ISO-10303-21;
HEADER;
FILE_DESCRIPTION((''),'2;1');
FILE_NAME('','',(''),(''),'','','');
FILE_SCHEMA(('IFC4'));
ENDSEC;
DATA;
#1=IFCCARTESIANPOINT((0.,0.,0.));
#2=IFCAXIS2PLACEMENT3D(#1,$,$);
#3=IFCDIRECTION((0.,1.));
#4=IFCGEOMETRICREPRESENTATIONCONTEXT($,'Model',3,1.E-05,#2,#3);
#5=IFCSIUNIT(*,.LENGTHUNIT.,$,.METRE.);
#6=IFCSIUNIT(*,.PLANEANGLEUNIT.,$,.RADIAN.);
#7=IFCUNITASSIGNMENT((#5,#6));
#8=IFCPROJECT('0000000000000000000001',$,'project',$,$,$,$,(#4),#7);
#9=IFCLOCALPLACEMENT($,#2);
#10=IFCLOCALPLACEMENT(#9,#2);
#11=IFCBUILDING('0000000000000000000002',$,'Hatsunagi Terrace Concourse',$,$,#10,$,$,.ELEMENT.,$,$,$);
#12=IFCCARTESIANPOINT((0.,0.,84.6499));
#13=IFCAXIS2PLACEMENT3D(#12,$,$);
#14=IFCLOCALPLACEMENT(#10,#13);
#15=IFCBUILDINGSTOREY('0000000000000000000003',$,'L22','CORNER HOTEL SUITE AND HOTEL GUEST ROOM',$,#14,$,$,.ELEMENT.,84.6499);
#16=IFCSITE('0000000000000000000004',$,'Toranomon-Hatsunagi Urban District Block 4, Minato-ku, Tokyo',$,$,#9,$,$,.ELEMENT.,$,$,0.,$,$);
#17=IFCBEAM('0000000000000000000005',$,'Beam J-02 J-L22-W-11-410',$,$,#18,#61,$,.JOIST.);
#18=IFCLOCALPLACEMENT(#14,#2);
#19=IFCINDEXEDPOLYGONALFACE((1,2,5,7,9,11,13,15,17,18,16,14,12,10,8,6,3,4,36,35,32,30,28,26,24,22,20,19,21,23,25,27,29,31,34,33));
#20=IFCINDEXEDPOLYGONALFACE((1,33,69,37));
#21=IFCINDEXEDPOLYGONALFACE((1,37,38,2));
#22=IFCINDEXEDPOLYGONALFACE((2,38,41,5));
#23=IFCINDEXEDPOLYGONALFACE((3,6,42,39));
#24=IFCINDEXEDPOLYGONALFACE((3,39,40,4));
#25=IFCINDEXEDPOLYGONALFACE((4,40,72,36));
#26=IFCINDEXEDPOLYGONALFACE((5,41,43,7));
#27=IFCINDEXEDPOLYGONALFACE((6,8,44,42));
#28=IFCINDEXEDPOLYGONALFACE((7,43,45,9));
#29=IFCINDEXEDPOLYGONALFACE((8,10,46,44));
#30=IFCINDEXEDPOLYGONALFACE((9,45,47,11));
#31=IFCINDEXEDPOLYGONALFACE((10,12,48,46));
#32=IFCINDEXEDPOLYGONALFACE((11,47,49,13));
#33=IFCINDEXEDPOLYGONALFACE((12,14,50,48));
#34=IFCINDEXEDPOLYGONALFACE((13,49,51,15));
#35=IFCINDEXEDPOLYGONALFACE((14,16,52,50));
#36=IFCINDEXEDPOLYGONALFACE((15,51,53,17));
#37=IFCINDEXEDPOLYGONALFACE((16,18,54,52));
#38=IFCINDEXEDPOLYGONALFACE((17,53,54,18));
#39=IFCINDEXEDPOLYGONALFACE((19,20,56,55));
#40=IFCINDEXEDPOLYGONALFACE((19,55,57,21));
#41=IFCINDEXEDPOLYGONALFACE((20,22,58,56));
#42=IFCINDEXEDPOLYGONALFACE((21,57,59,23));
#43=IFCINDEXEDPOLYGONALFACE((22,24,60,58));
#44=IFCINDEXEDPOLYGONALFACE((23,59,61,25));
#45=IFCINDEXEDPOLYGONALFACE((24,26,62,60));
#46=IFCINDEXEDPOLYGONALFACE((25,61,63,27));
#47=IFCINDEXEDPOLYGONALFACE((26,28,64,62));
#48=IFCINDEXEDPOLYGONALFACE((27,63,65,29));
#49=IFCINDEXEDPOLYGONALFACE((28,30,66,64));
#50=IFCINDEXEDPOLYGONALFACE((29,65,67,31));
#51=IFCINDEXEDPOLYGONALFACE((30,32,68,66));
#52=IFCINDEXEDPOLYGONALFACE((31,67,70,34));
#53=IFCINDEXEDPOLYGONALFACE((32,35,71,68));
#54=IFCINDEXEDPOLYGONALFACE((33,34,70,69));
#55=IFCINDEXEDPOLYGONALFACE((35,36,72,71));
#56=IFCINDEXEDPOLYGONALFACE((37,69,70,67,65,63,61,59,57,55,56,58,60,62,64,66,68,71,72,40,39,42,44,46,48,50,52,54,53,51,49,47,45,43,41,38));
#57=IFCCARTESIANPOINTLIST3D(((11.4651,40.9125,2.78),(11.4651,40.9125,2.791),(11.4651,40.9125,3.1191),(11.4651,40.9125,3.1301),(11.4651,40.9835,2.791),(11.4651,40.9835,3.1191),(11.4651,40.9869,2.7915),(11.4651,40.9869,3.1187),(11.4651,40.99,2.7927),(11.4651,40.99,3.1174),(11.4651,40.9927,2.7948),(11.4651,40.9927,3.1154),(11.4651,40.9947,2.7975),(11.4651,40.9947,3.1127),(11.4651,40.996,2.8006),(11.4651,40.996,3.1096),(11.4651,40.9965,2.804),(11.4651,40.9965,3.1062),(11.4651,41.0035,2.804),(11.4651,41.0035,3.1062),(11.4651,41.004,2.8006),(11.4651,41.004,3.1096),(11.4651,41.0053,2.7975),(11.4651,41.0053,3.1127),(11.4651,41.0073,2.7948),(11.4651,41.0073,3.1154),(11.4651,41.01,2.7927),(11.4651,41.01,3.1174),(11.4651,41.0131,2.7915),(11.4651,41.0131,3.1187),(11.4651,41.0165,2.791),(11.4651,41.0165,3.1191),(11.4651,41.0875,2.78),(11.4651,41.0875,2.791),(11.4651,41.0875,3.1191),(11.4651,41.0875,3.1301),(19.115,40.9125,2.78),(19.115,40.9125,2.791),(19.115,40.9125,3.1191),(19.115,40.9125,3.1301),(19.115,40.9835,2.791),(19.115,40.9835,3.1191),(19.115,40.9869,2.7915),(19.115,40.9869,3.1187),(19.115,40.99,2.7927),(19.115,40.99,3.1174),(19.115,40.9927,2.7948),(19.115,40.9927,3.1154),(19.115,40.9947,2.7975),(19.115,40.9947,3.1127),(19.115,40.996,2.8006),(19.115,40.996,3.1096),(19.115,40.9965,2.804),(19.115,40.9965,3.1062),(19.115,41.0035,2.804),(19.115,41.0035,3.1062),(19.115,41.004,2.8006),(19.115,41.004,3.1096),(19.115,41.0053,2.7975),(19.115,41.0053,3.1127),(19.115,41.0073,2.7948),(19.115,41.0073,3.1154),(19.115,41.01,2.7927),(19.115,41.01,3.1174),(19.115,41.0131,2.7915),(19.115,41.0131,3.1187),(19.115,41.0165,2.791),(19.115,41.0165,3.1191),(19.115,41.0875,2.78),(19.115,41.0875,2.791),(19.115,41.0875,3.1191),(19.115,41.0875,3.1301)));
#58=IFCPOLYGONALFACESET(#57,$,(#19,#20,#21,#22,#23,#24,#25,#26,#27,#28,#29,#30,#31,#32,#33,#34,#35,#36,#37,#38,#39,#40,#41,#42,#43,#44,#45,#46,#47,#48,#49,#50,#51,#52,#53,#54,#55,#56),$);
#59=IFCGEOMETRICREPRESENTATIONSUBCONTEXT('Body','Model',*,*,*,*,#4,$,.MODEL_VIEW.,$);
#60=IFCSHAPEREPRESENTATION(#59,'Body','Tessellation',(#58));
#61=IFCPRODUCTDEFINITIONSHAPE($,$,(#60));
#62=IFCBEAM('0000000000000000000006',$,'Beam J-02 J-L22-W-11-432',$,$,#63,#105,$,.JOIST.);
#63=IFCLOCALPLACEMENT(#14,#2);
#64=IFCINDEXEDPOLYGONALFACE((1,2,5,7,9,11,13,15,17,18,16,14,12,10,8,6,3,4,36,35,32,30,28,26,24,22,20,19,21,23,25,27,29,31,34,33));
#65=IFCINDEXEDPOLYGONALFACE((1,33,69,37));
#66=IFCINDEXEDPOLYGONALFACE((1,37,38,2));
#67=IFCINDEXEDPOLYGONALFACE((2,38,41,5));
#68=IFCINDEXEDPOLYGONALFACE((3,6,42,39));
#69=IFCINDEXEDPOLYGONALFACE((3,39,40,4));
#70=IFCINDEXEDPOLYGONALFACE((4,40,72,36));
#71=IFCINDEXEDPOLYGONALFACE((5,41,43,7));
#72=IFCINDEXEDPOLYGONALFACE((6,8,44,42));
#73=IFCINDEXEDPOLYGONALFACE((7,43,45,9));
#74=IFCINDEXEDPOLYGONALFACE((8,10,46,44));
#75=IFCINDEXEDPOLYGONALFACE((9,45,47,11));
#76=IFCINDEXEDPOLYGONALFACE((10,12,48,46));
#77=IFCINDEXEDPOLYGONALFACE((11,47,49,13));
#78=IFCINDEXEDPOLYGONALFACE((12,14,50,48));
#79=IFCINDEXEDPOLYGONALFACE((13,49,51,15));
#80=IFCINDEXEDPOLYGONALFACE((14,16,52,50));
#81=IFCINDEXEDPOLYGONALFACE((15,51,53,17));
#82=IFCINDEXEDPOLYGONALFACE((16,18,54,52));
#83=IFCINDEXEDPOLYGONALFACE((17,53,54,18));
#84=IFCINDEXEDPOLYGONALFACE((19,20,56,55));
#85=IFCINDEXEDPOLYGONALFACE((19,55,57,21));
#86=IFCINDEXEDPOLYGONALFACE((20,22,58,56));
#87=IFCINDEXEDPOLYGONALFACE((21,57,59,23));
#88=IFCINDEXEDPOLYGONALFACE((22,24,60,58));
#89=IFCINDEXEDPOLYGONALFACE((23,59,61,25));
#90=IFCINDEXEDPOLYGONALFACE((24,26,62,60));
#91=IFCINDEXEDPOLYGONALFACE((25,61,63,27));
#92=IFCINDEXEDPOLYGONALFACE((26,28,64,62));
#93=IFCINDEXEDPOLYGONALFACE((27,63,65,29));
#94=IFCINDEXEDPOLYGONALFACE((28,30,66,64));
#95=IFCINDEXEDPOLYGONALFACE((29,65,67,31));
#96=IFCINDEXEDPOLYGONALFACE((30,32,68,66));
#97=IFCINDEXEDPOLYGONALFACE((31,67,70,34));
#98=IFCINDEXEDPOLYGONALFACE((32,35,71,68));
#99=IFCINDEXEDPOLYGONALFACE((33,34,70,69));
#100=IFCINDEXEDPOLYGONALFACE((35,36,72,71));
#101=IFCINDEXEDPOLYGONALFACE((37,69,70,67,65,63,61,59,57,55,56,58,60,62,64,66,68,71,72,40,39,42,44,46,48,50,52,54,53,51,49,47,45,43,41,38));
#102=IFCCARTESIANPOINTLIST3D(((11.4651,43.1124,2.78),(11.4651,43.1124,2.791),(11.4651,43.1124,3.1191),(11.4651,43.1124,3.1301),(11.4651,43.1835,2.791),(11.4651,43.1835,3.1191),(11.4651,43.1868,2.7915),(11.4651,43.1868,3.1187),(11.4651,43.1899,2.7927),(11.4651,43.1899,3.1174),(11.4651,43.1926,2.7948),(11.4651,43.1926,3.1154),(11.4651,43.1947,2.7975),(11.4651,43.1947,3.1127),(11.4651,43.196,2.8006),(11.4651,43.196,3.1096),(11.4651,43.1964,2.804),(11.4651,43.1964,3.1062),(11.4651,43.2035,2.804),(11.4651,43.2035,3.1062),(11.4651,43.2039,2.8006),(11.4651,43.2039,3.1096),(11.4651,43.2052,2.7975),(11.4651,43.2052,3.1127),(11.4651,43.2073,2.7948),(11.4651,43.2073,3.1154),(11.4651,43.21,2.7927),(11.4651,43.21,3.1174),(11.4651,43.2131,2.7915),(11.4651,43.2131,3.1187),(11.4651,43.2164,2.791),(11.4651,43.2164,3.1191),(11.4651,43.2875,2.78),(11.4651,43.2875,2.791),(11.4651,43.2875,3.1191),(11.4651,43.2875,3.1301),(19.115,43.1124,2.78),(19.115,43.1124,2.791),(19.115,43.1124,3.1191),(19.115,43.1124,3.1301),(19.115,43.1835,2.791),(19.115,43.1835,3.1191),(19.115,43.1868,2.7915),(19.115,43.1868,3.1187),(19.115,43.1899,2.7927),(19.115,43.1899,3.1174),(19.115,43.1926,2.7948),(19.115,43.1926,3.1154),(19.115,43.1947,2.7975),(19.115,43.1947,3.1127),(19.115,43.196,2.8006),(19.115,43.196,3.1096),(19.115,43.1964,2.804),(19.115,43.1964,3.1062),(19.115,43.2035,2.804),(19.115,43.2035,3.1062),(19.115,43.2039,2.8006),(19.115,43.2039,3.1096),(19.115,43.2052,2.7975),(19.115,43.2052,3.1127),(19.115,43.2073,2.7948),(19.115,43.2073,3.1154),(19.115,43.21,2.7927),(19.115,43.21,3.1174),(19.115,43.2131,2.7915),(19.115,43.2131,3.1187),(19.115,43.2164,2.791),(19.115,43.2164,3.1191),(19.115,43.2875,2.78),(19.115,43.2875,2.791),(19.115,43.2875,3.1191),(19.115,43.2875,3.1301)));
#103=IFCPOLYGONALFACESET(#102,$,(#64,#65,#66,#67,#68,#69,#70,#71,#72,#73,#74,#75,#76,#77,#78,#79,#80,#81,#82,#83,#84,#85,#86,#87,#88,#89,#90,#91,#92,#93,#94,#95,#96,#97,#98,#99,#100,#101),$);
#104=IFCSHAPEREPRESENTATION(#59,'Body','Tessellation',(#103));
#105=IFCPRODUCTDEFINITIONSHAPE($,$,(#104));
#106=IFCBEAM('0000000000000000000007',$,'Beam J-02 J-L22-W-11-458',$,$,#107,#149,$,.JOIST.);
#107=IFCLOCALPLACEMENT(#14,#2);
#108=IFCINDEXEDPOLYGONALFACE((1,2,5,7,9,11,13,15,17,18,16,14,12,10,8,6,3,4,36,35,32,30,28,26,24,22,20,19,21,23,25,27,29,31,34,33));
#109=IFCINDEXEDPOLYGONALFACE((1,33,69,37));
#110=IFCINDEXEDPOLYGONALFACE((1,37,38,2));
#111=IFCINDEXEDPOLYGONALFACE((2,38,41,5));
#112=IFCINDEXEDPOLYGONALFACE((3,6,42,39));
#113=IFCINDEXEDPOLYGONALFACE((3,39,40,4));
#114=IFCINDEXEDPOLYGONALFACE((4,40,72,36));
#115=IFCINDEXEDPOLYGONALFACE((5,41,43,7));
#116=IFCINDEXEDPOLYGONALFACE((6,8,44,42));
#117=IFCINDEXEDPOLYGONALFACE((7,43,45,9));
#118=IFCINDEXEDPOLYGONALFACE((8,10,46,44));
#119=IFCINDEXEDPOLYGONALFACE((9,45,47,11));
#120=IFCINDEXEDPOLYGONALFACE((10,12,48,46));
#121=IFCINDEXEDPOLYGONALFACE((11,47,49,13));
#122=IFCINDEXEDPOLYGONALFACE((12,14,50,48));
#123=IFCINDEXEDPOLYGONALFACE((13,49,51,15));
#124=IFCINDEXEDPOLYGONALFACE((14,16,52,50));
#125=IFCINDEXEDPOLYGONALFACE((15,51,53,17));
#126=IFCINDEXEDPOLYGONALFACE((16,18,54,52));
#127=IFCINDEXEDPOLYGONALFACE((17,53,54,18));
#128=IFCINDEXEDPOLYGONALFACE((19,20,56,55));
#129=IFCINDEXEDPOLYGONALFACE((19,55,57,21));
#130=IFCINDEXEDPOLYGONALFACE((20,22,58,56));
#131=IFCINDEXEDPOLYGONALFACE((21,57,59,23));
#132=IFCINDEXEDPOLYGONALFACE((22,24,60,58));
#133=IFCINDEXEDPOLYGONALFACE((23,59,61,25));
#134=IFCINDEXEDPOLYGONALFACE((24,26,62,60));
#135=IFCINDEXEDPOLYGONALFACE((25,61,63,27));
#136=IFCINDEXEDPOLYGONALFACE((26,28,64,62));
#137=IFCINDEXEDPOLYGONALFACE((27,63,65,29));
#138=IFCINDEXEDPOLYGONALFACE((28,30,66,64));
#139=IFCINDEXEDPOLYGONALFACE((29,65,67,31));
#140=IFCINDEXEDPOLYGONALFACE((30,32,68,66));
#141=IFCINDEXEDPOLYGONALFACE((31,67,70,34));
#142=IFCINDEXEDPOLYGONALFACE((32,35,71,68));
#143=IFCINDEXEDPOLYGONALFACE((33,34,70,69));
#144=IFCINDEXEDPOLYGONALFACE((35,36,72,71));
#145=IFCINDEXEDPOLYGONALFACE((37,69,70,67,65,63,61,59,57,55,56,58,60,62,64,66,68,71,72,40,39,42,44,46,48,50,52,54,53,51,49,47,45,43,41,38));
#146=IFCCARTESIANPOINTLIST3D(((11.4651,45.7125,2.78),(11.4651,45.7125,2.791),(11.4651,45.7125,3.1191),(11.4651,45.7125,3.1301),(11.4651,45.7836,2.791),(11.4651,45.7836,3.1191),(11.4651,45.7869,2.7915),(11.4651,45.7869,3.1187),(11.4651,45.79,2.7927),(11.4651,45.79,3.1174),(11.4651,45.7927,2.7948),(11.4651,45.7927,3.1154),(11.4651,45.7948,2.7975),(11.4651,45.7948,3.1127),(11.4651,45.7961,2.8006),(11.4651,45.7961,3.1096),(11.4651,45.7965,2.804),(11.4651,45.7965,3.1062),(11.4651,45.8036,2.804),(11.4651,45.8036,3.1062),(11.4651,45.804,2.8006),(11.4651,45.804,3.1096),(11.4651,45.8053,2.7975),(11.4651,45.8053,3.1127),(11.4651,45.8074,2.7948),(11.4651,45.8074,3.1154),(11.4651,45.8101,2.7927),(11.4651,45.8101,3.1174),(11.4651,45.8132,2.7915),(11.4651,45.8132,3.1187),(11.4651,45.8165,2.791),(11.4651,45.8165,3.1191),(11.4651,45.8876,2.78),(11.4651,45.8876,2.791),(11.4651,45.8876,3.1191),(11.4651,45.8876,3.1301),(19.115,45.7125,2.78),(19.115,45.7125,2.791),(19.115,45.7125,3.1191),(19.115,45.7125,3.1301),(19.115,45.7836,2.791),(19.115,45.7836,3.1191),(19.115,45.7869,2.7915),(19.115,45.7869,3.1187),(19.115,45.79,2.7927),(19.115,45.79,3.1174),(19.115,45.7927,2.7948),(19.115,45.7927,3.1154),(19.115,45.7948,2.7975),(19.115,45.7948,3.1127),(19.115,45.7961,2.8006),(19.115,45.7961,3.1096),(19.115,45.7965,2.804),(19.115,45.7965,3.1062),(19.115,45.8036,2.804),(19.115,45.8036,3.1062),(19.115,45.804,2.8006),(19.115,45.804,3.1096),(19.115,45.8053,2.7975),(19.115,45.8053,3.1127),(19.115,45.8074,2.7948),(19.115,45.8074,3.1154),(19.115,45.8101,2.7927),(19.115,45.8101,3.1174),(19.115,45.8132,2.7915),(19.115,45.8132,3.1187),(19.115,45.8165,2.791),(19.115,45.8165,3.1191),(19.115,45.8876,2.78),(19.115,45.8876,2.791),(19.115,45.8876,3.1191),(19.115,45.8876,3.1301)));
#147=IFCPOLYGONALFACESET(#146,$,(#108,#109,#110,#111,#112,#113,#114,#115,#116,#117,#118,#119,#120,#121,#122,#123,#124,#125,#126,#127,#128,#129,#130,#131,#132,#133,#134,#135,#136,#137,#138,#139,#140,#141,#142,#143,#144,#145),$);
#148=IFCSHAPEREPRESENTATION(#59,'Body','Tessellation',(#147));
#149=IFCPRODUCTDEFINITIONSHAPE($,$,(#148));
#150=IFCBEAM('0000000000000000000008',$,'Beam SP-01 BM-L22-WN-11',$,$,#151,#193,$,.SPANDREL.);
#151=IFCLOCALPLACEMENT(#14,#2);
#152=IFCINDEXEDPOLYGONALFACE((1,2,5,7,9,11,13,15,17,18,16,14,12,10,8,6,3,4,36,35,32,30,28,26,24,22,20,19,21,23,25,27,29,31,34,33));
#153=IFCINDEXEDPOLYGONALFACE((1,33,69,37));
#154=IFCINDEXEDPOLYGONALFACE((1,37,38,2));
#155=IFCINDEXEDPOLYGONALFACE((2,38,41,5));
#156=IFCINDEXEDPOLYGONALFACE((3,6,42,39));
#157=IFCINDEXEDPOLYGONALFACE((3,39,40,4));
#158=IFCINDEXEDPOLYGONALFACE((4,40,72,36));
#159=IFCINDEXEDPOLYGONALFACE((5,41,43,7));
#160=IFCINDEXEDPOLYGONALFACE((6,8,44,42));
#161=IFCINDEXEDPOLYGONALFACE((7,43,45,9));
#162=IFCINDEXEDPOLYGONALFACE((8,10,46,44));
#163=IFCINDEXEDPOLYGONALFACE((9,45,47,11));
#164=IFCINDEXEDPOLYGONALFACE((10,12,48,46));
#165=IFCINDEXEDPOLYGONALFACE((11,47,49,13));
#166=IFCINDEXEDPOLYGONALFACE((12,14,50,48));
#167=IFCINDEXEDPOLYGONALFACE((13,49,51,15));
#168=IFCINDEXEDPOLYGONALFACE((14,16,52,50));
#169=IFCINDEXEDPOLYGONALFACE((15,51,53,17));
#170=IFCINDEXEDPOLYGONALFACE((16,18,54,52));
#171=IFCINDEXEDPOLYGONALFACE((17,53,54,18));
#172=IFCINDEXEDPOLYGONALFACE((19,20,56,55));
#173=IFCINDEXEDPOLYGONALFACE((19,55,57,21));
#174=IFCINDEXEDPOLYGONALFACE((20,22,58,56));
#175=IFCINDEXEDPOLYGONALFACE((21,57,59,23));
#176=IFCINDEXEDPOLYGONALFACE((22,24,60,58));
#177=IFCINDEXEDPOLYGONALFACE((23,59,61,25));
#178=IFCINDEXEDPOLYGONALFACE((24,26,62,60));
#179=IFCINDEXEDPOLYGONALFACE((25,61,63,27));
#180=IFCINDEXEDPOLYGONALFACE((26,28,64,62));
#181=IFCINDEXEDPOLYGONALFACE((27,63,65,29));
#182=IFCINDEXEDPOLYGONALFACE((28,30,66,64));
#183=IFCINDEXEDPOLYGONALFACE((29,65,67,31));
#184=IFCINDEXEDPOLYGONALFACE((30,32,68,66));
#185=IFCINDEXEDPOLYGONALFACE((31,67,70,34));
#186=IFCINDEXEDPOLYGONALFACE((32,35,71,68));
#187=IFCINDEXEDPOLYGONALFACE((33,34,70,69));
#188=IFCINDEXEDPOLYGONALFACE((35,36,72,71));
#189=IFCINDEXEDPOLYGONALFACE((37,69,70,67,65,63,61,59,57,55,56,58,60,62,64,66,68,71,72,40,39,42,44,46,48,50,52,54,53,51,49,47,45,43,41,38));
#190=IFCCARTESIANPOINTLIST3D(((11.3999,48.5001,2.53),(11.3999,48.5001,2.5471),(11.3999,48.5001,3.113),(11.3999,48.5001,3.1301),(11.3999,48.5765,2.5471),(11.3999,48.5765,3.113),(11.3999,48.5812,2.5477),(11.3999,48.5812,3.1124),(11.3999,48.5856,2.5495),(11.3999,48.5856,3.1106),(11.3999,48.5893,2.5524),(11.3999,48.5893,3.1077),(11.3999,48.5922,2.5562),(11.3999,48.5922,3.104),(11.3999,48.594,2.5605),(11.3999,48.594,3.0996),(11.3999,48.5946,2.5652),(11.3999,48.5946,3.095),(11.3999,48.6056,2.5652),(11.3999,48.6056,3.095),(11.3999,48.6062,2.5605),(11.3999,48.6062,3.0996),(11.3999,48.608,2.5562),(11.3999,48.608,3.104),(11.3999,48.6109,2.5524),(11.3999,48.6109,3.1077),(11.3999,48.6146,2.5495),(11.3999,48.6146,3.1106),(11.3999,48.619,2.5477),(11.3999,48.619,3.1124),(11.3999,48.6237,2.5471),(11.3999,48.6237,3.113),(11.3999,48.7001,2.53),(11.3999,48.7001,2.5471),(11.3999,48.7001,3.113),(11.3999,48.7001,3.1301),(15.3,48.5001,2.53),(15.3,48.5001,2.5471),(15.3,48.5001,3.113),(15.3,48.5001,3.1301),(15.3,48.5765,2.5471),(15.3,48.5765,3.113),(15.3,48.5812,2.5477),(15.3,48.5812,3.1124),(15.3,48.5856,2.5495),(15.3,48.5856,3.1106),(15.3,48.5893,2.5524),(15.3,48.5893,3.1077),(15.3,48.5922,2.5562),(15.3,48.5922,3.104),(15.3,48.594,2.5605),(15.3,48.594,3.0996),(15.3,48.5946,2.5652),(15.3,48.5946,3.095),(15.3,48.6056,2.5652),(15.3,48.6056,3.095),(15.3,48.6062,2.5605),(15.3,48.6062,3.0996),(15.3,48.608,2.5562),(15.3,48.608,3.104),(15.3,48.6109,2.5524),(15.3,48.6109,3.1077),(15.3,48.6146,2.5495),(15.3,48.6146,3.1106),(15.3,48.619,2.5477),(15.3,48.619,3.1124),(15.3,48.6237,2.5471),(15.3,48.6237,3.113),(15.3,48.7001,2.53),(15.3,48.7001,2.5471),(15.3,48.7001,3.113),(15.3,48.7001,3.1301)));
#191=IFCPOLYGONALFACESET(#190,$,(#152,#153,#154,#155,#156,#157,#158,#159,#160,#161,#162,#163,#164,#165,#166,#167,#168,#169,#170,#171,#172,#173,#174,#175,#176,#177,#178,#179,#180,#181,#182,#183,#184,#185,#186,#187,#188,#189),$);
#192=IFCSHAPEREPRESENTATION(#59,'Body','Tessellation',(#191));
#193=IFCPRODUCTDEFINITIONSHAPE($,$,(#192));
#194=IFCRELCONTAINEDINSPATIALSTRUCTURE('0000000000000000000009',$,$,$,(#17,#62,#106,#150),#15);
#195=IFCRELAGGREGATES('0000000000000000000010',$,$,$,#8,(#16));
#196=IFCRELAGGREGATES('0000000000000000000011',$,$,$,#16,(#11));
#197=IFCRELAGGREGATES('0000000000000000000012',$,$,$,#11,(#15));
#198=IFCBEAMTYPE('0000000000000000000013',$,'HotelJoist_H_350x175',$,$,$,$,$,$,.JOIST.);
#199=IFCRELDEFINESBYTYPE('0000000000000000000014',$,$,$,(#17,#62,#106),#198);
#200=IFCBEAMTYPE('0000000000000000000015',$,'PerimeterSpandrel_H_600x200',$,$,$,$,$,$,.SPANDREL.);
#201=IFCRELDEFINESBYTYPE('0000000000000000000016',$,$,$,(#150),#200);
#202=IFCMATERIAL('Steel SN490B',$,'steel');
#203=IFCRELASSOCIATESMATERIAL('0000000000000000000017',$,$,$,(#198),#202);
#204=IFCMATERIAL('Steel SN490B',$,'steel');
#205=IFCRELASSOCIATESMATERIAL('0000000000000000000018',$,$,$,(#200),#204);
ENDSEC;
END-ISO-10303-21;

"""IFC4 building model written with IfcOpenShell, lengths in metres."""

from ifc_helpers import new_model, si_unit, direction, frame, origin, origin_2d, place, context, subcontext, project, spatial, i_section, extrude, material, material_profile, profile_set, type_object, element, save


model = new_model("IFC4")

# Units and contexts
model_context = context("Model", 3, precision=1e-05, world=origin(), true_north=direction((0.0, 1.0)))
body_context = subcontext(model_context, "Body", "Model", "MODEL_VIEW")
ifc_project = project(units=[si_unit("LENGTHUNIT", "METRE"), si_unit("PLANEANGLEUNIT", "RADIAN")], contexts=[model_context])

# Site, building, storey
site_placement = place(None, origin())
site = spatial("IfcSite", under=ifc_project, at=site_placement, Name="Toranomon-Hatsunagi Urban District Block 4, Minato-ku, Tokyo", CompositionType="ELEMENT", RefElevation=0.0)
building_placement = place(site_placement, origin())
building = spatial("IfcBuilding", under=site, at=building_placement, Name="Hatsunagi Terrace Concourse", CompositionType="ELEMENT")
storey_placement = place(building_placement, frame((0.0, 0.0, 84.6499)))
storey = spatial("IfcBuildingStorey", under=building, at=storey_placement, Name="L22", Description="CORNER HOTEL SUITE AND HOTEL GUEST ROOM", CompositionType="ELEMENT", Elevation=84.6499)

# Beams
ifc_material_1 = material(Name="Steel SN490B", Category="steel")
ifc_material_profile_1 = material_profile(ifc_material_1, i_section(OverallWidth=0.175, OverallDepth=0.3501, WebThickness=0.0071, FlangeThickness=0.011, FilletRadius=0.0129, at=origin_2d()), Name="H-350x175x7x11")
ifc_profile_set_1 = profile_set([ifc_material_profile_1], Name="Steel SN490B")
beam_type_1 = type_object("IfcBeamType", Name="HotelJoist_H_350x175", PredefinedType="JOIST", material=ifc_profile_set_1)
for number, where, z_axis, x_axis, name in (
    (1, (11.4651, 41.0, 2.9551), (1.0, 0.0, 0.0), (0.0, 1.0, 0.0), "Beam J-02 J-L22-W-11-410"),
    (2, (11.4651, 43.2, 2.9551), (1.0, 0.0, 0.0), (0.0, 1.0, 0.0), "Beam J-02 J-L22-W-11-432"),
    (3, (11.4651, 45.8, 2.9551), (1.0, 0.0, 0.0), (0.0, 1.0, 0.0), "Beam J-02 J-L22-W-11-458"),
):
    element("IfcBeam", number, at=place(storey_placement, frame(where, z_axis=z_axis, x_axis=x_axis)), inside=storey, type_object=beam_type_1, Name=name, PredefinedType="JOIST", context=body_context, shape_type="SweptSolid", body=[
        extrude(i_section(OverallWidth=0.175, OverallDepth=0.3501, WebThickness=0.0071, FlangeThickness=0.011, FilletRadius=0.0129, at=origin_2d()), origin(), (0.0, 0.0, 1.0), 7.6499),
    ])
ifc_material_2 = material(Name="Steel SN490B", Category="steel")
ifc_material_profile_2 = material_profile(ifc_material_2, i_section(OverallWidth=0.2, OverallDepth=0.6001, WebThickness=0.011, FlangeThickness=0.0171, FilletRadius=0.0181, at=origin_2d()), Name="H-600x200x11x17")
ifc_profile_set_2 = profile_set([ifc_material_profile_2], Name="Steel SN490B")
beam_type_2 = type_object("IfcBeamType", Name="PerimeterSpandrel_H_600x200", PredefinedType="SPANDREL", material=ifc_profile_set_2)
beam_1_placement = place(storey_placement, frame((11.3999, 48.6001, 2.8301), z_axis=(1.0, 0.0, 0.0), x_axis=(0.0, 1.0, 0.0)))
element("IfcBeam", 4, at=beam_1_placement, inside=storey, type_object=beam_type_2, Name="Beam SP-01 BM-L22-WN-11", PredefinedType="SPANDREL", context=body_context, shape_type="SweptSolid", body=[
    extrude(i_section(OverallWidth=0.2, OverallDepth=0.6001, WebThickness=0.011, FlangeThickness=0.0171, FilletRadius=0.0181, at=origin_2d()), origin(), (0.0, 0.0, 1.0), 3.9001),
])

save(model, "model.ifc")
